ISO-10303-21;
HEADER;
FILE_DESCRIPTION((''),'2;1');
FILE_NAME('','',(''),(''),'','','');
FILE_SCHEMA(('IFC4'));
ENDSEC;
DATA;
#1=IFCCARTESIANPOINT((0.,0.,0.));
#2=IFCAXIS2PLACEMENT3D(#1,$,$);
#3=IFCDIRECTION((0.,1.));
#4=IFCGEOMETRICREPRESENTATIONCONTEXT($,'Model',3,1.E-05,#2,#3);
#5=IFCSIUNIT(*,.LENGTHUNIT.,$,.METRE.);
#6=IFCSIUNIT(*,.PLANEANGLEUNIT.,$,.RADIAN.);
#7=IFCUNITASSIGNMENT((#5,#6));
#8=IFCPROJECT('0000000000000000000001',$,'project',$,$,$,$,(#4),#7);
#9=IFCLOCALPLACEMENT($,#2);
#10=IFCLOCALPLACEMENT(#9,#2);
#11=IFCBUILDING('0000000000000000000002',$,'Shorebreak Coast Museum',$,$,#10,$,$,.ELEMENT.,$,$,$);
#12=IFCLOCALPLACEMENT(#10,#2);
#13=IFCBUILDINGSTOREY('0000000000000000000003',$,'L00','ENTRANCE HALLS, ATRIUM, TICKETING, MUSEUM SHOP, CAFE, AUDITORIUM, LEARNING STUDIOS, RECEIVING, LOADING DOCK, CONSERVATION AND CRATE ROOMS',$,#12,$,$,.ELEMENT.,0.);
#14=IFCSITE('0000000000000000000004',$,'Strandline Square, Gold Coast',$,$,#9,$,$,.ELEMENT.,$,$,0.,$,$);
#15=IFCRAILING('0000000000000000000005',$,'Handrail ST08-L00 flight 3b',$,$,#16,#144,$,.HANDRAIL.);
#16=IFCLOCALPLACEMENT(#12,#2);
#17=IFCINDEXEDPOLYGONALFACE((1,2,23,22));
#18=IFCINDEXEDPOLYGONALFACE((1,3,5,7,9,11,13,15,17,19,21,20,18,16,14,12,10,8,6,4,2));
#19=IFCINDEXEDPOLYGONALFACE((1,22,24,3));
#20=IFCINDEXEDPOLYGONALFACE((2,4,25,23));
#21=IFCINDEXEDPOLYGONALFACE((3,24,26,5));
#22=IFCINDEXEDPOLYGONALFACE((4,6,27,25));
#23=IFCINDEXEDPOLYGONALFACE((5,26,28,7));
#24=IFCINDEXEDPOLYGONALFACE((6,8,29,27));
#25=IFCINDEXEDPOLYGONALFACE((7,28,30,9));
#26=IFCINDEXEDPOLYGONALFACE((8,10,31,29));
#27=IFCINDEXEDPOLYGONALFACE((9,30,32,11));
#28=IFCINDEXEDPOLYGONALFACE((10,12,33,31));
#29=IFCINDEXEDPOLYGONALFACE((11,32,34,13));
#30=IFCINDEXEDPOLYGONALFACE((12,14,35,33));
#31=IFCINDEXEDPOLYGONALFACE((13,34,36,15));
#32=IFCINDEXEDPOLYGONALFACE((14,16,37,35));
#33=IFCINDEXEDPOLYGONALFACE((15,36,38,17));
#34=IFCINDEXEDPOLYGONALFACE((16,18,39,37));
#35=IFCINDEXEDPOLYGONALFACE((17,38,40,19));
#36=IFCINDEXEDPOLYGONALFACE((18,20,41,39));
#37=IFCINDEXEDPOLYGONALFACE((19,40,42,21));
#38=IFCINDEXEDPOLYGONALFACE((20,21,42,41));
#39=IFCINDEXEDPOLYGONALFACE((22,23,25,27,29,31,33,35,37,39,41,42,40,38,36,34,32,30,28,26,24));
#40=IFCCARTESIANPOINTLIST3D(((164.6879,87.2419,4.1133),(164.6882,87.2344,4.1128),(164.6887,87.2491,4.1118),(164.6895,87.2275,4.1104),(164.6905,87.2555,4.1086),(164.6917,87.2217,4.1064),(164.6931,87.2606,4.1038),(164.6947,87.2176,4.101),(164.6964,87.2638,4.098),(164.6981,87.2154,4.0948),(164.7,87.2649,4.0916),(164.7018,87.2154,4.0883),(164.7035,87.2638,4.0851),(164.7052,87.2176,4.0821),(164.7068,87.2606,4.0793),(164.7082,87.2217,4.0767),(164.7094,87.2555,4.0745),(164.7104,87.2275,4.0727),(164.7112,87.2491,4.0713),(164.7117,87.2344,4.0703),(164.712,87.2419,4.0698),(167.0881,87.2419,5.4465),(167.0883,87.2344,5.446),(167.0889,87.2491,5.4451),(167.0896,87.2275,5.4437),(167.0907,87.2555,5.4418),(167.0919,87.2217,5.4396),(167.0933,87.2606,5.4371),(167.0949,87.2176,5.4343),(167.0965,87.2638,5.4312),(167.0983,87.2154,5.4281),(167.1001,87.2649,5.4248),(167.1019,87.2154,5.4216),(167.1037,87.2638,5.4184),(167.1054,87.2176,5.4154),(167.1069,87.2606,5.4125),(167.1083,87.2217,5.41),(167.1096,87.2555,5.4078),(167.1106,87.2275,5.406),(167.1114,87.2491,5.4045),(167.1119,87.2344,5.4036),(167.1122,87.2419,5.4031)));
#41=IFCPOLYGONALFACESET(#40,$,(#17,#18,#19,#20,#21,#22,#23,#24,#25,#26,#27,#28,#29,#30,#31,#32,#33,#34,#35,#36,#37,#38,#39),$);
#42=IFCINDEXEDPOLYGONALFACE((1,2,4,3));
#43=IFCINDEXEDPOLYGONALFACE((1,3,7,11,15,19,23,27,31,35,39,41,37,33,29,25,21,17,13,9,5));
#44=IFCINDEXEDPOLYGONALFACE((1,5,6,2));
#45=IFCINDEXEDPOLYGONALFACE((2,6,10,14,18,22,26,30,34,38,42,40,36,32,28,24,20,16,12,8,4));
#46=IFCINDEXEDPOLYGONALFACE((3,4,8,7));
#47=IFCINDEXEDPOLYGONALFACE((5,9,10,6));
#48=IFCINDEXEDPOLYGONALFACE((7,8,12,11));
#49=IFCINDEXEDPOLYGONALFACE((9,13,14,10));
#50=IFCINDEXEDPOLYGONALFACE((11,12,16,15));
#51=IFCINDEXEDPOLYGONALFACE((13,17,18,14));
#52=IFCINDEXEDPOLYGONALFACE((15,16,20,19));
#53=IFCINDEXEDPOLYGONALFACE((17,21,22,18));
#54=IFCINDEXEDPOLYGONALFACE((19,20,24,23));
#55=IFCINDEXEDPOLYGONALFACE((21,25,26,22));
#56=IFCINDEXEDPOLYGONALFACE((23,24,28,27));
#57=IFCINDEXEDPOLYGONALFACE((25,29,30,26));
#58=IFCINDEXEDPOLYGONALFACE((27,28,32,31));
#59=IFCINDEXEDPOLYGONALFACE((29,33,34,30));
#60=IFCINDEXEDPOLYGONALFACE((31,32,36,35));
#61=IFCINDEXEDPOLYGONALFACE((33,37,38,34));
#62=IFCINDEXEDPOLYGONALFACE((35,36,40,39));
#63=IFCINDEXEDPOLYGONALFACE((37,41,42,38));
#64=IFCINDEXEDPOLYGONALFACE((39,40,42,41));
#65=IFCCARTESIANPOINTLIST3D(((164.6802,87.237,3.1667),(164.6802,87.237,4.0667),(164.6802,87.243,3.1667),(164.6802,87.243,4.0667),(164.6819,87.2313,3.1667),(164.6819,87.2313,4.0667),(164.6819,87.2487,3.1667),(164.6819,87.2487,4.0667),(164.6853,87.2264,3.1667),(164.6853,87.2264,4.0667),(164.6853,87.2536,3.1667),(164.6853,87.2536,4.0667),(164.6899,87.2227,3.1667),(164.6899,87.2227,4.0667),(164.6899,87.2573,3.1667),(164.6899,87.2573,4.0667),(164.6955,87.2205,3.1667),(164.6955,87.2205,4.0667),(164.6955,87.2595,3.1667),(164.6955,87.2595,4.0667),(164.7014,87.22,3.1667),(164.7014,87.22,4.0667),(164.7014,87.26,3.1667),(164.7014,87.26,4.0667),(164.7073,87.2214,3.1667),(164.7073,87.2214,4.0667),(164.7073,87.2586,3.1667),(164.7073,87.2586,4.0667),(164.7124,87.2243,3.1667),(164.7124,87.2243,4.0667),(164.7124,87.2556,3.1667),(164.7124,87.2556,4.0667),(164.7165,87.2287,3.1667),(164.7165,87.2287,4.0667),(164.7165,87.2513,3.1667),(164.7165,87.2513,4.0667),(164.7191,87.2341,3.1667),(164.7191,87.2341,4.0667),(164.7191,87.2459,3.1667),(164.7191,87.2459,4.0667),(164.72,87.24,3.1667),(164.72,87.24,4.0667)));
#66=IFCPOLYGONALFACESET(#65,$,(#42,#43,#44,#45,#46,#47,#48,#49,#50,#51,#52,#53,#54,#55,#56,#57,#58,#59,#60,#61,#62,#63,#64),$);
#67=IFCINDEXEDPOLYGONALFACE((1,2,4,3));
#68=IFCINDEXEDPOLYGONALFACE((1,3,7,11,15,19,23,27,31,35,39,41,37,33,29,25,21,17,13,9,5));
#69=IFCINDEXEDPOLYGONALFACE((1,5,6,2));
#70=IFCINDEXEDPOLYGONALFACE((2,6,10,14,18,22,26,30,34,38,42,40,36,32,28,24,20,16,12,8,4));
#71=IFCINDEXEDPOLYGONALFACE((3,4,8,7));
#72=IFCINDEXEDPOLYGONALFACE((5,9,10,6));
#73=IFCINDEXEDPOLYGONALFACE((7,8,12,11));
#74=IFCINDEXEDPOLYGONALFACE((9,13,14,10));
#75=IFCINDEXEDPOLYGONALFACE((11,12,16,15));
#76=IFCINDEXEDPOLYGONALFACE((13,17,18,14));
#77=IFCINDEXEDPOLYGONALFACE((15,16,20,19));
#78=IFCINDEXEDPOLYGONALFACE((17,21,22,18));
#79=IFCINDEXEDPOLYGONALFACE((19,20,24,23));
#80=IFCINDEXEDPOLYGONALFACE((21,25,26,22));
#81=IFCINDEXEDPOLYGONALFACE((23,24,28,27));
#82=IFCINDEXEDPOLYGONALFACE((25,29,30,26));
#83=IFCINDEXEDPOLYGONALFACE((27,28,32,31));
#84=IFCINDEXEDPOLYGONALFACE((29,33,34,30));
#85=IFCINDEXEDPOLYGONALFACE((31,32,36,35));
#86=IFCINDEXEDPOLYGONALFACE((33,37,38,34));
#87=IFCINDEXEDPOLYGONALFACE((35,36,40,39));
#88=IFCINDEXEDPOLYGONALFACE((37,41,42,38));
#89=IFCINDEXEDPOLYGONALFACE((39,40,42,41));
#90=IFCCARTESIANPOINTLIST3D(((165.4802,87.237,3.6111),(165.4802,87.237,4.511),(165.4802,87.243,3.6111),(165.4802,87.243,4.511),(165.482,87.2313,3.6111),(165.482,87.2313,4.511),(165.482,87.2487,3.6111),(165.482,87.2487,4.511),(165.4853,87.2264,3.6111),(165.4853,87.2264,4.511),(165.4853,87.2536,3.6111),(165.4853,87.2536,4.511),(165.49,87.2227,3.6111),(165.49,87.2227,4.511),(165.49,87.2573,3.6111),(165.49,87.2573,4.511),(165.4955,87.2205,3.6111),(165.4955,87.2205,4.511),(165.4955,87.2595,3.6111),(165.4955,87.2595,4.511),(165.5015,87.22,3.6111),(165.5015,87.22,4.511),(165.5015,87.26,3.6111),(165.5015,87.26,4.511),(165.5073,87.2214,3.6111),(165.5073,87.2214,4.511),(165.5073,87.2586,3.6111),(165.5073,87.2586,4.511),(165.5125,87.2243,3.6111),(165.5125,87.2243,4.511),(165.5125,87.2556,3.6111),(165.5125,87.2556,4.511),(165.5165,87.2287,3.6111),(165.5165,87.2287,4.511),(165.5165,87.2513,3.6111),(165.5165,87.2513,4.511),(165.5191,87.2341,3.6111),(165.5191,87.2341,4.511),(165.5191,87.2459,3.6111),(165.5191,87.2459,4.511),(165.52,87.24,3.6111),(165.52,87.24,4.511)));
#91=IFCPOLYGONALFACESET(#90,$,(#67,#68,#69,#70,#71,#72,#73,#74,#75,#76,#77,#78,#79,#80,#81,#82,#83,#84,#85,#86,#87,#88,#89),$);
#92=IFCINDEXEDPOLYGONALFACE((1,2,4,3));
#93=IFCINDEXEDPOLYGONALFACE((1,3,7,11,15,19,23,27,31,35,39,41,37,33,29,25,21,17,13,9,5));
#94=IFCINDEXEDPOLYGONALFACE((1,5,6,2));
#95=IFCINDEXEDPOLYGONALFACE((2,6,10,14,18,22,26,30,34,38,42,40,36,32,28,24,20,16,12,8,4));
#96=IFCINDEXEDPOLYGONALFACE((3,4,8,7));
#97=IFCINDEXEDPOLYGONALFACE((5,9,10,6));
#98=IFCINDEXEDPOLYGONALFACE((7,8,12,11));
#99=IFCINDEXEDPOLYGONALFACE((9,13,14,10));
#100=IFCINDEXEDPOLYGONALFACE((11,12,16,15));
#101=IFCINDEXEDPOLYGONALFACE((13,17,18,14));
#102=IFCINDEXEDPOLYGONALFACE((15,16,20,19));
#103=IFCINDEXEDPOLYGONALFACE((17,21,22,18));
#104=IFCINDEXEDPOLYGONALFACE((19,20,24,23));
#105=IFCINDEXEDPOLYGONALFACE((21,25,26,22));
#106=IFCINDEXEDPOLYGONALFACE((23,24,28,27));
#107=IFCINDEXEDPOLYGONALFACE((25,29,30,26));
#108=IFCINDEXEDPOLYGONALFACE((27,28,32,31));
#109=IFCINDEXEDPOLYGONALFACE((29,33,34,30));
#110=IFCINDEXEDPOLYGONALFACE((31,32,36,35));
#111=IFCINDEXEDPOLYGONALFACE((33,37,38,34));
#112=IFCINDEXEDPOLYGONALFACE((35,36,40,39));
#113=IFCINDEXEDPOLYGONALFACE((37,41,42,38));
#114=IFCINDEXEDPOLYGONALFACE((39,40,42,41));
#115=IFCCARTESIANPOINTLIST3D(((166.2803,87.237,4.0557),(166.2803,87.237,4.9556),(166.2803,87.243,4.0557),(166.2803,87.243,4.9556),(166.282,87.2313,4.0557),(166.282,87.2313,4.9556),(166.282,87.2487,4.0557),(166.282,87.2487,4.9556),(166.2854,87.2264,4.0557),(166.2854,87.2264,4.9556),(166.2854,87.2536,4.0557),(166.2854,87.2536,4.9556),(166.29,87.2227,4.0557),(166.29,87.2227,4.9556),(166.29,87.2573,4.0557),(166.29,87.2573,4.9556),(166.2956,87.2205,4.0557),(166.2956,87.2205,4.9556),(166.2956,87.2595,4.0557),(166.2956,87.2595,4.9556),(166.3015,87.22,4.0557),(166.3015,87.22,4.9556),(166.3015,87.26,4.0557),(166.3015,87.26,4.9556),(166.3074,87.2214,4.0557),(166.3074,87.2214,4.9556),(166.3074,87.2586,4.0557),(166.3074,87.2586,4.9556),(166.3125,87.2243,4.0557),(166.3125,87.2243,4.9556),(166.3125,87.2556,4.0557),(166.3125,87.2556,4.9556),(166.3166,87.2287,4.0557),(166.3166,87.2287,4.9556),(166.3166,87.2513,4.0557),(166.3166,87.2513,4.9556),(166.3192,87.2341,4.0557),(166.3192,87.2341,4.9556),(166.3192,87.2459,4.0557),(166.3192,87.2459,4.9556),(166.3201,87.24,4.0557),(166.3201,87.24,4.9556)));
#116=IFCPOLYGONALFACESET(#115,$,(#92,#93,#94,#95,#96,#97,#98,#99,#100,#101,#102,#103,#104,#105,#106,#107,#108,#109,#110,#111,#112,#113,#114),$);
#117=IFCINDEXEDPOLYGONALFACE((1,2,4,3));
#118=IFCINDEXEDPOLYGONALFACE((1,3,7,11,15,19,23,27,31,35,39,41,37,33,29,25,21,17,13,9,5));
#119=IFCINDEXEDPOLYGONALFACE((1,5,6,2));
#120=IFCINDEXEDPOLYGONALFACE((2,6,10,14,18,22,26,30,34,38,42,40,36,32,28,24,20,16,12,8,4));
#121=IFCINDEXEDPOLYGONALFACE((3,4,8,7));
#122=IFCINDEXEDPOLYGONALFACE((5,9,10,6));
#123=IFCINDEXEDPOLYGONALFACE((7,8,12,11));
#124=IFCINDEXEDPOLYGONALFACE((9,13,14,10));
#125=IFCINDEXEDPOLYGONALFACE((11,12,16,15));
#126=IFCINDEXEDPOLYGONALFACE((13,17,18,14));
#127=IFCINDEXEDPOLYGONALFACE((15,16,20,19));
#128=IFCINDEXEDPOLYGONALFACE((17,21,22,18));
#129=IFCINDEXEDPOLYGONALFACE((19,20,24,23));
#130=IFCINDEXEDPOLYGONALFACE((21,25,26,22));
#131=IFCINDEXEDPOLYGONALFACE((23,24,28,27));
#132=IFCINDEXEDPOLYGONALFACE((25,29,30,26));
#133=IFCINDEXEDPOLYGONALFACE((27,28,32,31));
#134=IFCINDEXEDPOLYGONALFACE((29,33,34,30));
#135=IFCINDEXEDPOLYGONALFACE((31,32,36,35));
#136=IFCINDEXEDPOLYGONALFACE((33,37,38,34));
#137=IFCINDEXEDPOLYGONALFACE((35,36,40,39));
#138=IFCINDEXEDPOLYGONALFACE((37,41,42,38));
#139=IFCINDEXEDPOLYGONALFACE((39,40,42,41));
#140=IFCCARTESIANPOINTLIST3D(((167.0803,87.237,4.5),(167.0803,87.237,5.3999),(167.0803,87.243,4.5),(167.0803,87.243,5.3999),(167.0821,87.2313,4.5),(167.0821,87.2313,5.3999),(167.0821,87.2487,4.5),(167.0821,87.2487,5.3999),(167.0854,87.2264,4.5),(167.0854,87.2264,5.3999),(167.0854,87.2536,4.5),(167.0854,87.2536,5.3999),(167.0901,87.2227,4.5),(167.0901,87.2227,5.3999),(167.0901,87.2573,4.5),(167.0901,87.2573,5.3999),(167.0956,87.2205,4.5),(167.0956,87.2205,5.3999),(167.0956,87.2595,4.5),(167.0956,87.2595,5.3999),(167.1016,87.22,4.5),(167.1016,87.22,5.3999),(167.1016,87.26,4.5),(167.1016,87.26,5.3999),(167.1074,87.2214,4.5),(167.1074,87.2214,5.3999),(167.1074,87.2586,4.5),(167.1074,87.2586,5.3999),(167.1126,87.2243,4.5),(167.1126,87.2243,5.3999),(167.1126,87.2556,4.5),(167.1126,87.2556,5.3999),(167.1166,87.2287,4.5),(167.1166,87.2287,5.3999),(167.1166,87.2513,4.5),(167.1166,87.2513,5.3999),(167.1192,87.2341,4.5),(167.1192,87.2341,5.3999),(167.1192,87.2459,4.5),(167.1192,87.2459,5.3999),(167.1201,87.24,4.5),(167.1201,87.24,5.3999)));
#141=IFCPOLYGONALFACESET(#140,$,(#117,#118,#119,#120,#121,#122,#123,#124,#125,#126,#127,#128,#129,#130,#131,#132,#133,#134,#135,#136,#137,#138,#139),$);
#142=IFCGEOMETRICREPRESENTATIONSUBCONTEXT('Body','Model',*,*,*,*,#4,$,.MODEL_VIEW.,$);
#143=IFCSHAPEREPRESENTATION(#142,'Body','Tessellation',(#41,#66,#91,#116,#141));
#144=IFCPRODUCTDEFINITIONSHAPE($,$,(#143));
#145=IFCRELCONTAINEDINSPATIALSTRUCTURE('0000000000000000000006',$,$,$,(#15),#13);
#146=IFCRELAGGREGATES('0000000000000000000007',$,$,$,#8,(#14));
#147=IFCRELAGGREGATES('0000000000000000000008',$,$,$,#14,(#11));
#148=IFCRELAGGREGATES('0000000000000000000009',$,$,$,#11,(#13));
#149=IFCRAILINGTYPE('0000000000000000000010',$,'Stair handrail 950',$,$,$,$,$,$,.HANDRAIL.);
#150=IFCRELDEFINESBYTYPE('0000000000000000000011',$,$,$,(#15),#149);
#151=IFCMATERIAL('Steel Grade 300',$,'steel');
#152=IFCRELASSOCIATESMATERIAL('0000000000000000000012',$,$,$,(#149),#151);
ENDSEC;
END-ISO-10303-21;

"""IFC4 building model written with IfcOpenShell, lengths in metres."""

from ifc_helpers import new_model, si_unit, direction, frame, origin, origin_2d, place, context, subcontext, project, spatial, circle, extrude, material, type_object, element, save


model = new_model("IFC4")

# Units and contexts
model_context = context("Model", 3, precision=1e-05, world=origin(), true_north=direction((0.0, 1.0)))
body_context = subcontext(model_context, "Body", "Model", "MODEL_VIEW")
ifc_project = project(units=[si_unit("LENGTHUNIT", "METRE"), si_unit("PLANEANGLEUNIT", "RADIAN")], contexts=[model_context])

# Site, building, storey
site_placement = place(None, origin())
site = spatial("IfcSite", under=ifc_project, at=site_placement, Name="Strandline Square, Gold Coast", CompositionType="ELEMENT", RefElevation=0.0)
building_placement = place(site_placement, origin())
building = spatial("IfcBuilding", under=site, at=building_placement, Name="Shorebreak Coast Museum", CompositionType="ELEMENT")
storey_placement = place(building_placement, origin())
storey = spatial("IfcBuildingStorey", under=building, at=storey_placement, Name="L00", Description="ENTRANCE HALLS, ATRIUM, TICKETING, MUSEUM SHOP, CAFE, AUDITORIUM, LEARNING STUDIOS, RECEIVING, LOADING DOCK, CONSERVATION AND CRATE ROOMS", CompositionType="ELEMENT", Elevation=0.0)

# Railing
ifc_material_1 = material(Name="Steel Grade 300", Category="steel")
railing_type_1 = type_object("IfcRailingType", Name="Stair handrail 950", PredefinedType="HANDRAIL", material=ifc_material_1)
for number, where, name in (
    (1, (164.7, 87.24, 3.1667), "Handrail ST08-L00 flight 3b"),
):
    element("IfcRailing", number, at=place(storey_placement, frame(where)), inside=storey, type_object=railing_type_1, Name=name, PredefinedType="HANDRAIL", context=body_context, shape_type="SweptSolid", body=[
        extrude(circle(Radius=0.0249, at=origin_2d()), frame((0.0, 0.0, 0.9248), z_axis=(0.874182, 0.0, 0.485598), x_axis=(0.0, 1.0, 0.0)), (0.0, 0.0, 1.0), 2.7456),
        extrude(circle(Radius=0.02, at=origin_2d()), origin(), (0.0, 0.0, 1.0), 0.8999),
        extrude(circle(Radius=0.02, at=origin_2d()), frame((0.8, 0.0, 0.4443)), (0.0, 0.0, 1.0), 0.8999),
        extrude(circle(Radius=0.02, at=origin_2d()), frame((1.6001, 0.0, 0.8889)), (0.0, 0.0, 1.0), 0.8999),
        extrude(circle(Radius=0.02, at=origin_2d()), frame((2.4001, 0.0, 1.3333)), (0.0, 0.0, 1.0), 0.8999),
    ])

save(model, "model.ifc")
